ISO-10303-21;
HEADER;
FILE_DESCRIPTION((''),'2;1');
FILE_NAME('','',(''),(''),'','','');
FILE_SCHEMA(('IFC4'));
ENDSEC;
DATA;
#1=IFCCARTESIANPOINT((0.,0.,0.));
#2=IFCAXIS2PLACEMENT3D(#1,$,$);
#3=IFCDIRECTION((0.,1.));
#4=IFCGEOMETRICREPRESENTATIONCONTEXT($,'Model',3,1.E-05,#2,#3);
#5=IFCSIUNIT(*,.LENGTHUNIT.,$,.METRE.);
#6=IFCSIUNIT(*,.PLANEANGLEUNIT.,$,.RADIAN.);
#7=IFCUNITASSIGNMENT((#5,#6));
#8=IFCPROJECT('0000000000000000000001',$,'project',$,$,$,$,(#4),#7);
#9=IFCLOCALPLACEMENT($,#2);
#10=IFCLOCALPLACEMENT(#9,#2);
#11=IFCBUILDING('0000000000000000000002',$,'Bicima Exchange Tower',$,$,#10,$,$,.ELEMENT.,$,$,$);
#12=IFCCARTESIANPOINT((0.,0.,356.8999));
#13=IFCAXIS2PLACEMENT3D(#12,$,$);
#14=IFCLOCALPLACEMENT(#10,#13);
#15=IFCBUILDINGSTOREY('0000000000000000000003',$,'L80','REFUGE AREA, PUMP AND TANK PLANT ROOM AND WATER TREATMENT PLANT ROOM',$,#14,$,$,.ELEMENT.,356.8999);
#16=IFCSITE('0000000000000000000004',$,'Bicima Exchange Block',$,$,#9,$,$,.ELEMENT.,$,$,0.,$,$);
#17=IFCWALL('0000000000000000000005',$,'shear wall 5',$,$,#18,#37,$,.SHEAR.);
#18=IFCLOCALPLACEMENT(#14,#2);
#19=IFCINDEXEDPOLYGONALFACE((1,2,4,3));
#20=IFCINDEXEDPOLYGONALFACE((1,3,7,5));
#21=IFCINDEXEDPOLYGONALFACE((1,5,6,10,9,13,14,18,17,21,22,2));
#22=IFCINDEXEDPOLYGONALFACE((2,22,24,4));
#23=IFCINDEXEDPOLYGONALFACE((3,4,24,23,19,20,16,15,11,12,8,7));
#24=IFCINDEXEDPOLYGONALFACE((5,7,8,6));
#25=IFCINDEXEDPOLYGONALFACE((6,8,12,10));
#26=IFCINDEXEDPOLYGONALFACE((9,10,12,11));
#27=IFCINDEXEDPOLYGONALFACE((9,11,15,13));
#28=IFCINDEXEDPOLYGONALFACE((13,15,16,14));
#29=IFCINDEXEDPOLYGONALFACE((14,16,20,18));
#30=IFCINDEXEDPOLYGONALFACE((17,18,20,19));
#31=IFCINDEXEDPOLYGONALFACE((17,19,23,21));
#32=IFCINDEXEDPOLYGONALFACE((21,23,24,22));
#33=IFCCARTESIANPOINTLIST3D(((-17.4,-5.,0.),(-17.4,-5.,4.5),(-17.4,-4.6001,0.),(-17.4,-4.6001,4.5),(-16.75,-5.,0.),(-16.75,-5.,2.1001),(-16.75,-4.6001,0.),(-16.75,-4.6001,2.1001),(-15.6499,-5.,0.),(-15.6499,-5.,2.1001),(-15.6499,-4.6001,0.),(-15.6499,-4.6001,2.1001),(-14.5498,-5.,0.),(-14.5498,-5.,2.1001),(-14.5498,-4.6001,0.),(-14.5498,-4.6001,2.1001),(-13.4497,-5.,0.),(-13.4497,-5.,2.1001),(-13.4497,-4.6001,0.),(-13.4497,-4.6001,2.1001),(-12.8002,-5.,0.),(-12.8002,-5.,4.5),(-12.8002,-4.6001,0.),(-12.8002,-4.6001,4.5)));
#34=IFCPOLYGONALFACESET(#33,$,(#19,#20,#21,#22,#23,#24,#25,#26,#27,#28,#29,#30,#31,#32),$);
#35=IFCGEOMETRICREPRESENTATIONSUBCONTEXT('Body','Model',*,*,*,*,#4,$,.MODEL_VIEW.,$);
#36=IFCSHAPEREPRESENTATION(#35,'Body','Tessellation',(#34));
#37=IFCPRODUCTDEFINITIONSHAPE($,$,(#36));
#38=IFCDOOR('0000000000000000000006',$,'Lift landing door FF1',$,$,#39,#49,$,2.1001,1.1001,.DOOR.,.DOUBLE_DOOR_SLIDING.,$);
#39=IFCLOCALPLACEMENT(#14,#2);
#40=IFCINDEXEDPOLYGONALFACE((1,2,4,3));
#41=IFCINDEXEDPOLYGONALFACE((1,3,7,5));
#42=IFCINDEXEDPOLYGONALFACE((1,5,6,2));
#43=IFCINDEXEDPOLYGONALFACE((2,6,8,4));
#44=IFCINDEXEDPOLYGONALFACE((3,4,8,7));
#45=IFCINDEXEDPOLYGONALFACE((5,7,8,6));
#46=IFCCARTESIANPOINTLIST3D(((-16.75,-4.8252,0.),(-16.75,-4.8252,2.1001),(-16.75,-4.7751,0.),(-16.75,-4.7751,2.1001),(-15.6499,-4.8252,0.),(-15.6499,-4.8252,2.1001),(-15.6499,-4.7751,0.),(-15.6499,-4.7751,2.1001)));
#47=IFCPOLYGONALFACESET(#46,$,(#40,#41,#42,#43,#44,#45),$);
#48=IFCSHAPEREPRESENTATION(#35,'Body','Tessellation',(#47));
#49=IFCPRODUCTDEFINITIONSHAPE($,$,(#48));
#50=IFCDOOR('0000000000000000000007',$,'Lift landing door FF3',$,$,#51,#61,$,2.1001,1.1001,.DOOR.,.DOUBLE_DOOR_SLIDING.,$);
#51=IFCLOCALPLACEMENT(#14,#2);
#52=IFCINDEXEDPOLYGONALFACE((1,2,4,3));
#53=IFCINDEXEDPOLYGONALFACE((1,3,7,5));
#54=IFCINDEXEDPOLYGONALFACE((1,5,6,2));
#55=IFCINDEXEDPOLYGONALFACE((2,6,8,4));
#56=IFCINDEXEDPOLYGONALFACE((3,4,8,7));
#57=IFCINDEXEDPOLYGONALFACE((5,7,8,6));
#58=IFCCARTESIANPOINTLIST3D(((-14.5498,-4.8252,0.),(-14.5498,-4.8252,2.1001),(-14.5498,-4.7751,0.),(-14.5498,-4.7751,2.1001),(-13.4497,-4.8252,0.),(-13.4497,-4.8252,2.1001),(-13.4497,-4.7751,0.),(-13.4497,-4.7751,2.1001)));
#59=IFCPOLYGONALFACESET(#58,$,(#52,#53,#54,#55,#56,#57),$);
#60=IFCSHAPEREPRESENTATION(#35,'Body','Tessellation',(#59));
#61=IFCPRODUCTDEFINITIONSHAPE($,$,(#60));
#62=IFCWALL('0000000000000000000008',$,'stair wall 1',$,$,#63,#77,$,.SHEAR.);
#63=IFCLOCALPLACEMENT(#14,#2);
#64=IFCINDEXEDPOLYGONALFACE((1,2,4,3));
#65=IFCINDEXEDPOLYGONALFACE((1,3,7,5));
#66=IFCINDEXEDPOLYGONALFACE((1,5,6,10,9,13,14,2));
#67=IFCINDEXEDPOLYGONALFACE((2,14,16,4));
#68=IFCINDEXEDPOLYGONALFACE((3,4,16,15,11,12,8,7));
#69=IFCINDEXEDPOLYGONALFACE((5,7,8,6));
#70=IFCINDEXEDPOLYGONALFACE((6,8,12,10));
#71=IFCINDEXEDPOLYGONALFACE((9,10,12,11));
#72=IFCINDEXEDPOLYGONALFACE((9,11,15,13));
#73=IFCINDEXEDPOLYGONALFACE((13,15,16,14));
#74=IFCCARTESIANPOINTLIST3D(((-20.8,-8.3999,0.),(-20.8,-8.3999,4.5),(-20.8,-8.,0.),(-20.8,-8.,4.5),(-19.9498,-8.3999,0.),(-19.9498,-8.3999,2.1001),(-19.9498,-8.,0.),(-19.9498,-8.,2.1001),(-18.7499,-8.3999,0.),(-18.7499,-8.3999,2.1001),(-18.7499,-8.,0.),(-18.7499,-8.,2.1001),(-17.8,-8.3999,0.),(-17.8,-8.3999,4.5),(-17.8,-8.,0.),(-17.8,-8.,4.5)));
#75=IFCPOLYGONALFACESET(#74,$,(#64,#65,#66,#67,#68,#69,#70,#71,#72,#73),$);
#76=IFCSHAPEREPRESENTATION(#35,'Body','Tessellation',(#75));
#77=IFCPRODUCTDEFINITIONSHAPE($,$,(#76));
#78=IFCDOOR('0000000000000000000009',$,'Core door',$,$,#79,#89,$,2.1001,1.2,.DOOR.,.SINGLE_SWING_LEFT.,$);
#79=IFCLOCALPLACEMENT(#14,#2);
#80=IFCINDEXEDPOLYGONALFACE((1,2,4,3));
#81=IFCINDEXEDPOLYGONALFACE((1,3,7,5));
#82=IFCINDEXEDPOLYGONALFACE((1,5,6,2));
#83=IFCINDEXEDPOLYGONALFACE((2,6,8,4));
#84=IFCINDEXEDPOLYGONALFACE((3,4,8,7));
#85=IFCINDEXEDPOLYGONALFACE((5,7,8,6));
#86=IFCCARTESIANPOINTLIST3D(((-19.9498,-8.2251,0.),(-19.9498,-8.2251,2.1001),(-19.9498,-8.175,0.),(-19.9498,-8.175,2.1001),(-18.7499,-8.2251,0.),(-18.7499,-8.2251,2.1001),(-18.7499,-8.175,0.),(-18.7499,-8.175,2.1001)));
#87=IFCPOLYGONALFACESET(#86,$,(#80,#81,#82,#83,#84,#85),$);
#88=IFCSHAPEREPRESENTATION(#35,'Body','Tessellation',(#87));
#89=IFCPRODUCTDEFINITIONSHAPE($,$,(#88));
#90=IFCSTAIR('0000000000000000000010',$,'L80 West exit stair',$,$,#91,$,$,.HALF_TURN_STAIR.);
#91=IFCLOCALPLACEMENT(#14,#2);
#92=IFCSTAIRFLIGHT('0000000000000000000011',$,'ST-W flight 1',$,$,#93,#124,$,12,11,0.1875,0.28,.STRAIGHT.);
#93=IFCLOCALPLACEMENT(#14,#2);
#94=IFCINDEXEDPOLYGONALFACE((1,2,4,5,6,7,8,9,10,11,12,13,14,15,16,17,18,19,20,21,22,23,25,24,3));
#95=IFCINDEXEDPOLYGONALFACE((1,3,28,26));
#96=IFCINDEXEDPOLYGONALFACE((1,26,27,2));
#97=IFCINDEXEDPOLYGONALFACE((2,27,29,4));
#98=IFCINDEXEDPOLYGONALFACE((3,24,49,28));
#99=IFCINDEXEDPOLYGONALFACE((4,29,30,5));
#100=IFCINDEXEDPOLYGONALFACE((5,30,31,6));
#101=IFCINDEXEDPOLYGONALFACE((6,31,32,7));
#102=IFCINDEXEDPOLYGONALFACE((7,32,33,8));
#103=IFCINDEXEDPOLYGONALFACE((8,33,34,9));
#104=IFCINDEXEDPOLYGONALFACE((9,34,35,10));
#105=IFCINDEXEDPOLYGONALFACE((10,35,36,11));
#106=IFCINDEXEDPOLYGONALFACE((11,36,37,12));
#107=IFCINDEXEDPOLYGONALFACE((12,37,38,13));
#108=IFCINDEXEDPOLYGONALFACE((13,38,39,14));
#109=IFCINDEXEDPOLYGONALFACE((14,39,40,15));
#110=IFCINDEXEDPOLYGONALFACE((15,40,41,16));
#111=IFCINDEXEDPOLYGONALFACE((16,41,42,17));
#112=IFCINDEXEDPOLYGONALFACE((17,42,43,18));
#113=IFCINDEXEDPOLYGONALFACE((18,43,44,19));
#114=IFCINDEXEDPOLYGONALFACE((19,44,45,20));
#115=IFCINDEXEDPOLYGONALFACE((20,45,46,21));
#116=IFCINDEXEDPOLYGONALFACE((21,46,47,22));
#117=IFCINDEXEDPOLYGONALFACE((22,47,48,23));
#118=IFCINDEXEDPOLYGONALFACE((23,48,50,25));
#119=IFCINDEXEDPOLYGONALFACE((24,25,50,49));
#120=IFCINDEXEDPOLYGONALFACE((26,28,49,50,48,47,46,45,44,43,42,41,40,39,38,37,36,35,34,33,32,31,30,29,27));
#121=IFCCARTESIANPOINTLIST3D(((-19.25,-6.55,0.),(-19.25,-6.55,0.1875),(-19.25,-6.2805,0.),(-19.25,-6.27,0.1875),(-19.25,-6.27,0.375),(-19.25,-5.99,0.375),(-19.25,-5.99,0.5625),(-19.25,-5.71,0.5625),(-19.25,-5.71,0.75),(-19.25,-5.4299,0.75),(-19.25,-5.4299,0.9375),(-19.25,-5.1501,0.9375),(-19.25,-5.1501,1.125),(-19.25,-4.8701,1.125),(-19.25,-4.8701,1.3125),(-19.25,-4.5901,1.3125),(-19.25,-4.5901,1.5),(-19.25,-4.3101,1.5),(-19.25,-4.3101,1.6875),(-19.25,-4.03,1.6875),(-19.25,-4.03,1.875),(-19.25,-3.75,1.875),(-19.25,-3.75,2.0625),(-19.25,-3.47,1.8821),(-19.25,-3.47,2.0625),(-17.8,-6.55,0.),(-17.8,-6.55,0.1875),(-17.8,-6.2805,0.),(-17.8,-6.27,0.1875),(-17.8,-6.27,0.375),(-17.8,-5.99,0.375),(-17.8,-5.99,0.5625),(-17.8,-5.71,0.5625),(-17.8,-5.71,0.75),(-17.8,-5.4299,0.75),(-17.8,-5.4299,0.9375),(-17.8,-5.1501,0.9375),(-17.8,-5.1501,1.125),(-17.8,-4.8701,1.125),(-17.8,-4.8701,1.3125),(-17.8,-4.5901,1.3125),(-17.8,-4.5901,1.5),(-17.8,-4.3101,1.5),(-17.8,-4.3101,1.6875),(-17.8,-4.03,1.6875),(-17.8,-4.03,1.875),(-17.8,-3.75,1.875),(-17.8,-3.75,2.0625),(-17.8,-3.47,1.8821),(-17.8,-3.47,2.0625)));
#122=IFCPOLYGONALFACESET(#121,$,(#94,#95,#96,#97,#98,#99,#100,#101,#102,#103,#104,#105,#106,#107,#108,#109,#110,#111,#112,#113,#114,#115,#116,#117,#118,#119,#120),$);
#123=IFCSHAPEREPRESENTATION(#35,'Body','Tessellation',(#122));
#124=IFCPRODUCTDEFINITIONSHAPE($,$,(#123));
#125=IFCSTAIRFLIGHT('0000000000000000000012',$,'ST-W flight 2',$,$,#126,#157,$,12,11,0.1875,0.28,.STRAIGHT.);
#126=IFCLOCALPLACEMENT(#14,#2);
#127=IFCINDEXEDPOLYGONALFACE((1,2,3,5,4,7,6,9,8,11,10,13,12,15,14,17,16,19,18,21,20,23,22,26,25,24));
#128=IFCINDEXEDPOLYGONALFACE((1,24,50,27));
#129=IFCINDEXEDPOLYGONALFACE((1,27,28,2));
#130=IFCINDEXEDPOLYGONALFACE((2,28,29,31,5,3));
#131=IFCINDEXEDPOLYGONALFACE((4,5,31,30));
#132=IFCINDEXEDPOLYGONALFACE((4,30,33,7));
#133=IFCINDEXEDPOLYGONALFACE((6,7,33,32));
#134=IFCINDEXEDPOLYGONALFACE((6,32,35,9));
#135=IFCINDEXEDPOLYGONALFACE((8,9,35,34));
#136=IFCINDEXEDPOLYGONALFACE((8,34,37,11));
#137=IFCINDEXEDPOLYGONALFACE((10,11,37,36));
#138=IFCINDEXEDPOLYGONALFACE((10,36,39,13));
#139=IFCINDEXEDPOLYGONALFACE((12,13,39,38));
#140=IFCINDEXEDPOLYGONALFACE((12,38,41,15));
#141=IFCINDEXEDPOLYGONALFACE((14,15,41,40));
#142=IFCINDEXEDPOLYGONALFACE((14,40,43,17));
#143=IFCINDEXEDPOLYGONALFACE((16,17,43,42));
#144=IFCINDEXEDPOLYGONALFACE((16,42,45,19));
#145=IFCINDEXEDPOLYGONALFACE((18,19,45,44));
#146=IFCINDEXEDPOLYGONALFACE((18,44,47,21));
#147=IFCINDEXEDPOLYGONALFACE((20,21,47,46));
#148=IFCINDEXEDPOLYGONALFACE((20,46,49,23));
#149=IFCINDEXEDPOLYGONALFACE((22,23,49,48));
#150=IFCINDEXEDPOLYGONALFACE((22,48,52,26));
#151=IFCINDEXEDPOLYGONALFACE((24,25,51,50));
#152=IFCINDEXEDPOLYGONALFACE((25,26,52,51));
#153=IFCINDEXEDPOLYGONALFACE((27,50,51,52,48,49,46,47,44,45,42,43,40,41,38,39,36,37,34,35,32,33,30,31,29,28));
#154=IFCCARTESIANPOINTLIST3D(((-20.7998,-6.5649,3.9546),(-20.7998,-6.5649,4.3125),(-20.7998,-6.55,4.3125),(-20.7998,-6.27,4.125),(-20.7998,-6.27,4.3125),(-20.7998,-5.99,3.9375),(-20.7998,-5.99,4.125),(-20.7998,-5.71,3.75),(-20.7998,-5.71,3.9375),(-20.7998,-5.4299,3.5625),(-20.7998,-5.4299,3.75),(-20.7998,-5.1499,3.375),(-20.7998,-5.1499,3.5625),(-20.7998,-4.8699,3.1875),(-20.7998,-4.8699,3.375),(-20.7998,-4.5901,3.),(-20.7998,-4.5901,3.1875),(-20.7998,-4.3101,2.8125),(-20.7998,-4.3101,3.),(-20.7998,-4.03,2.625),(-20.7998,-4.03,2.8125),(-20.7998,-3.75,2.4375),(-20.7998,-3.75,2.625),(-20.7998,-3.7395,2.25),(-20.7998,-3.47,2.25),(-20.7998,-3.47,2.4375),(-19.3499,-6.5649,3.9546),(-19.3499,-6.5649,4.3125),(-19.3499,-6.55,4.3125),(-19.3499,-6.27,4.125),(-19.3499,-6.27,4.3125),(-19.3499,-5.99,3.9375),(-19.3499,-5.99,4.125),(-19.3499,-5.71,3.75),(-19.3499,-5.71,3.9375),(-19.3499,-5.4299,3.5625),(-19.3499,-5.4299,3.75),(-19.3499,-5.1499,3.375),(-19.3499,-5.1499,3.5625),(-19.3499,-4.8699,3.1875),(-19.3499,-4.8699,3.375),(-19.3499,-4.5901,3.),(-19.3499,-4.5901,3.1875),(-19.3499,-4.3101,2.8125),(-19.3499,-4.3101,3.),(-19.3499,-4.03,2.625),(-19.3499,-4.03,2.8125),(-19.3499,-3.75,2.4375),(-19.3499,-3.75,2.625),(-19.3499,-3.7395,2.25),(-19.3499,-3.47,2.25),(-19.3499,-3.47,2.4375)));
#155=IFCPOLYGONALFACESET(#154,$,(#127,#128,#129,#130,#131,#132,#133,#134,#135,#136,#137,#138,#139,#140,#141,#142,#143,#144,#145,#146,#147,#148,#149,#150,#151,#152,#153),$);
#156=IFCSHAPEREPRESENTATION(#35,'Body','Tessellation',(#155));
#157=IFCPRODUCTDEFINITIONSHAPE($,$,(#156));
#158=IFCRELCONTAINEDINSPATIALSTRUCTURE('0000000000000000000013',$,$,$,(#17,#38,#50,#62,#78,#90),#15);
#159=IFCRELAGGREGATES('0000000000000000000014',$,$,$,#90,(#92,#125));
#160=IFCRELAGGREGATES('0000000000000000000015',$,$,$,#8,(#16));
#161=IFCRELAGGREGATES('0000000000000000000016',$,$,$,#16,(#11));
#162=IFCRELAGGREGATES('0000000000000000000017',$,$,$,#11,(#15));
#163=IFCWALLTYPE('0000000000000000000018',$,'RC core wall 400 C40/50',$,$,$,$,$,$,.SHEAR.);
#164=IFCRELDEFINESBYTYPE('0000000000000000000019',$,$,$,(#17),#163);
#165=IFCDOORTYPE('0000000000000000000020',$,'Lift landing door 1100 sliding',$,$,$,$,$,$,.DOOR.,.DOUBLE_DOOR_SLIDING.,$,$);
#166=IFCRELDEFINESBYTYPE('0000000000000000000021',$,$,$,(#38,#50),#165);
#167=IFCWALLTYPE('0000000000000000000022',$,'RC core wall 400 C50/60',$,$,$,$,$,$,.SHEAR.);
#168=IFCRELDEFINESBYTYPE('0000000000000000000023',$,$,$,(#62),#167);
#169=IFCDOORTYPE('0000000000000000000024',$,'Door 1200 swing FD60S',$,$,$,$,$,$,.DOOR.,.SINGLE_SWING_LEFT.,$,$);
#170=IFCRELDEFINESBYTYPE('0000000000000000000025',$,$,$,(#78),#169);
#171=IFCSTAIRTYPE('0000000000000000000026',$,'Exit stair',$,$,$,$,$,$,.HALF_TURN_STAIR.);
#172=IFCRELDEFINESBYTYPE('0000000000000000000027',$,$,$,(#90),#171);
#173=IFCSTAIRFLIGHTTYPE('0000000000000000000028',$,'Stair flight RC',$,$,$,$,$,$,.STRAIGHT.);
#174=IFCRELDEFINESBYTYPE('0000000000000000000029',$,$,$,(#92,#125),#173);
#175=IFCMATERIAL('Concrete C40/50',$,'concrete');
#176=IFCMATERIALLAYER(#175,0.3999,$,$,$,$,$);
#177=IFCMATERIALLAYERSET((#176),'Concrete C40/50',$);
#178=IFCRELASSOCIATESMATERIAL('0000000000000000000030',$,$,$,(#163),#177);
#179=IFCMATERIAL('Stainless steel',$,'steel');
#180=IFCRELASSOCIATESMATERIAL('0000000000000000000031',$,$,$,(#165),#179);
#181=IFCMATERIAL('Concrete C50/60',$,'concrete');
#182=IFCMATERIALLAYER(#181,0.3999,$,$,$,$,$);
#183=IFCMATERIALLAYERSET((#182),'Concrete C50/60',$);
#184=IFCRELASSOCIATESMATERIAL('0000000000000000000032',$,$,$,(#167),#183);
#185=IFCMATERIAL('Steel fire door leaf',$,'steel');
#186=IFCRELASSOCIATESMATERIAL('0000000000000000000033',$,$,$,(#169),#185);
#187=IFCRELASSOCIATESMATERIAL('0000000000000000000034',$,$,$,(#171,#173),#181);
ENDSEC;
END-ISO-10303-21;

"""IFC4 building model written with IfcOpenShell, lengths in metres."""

from ifc_helpers import new_model, si_unit, direction, frame, frame_2d, origin, place, context, subcontext, project, spatial, polyline, rectangle, outline, extrude, material, layer, layer_set, type_object, element, fill, aggregate, save


model = new_model("IFC4")

# Units and contexts
model_context = context("Model", 3, precision=1e-05, world=origin(), true_north=direction((0.0, 1.0)))
body_context = subcontext(model_context, "Body", "Model", "MODEL_VIEW")
ifc_project = project(units=[si_unit("LENGTHUNIT", "METRE"), si_unit("PLANEANGLEUNIT", "RADIAN")], contexts=[model_context])

# Site, building, storey
site_placement = place(None, origin())
site = spatial("IfcSite", under=ifc_project, at=site_placement, Name="Bicima Exchange Block", CompositionType="ELEMENT", RefElevation=0.0)
building_placement = place(site_placement, origin())
building = spatial("IfcBuilding", under=site, at=building_placement, Name="Bicima Exchange Tower", CompositionType="ELEMENT")
storey_placement = place(building_placement, frame((0.0, 0.0, 356.8999)))
storey = spatial("IfcBuildingStorey", under=building, at=storey_placement, Name="L80", Description="REFUGE AREA, PUMP AND TANK PLANT ROOM AND WATER TREATMENT PLANT ROOM", CompositionType="ELEMENT", Elevation=356.8999)

# Shared definitions
ifc_material_1 = material(Name="Concrete C40/50", Category="concrete")

# Wall, openings, doors
ifc_layer_1 = layer(ifc_material_1, 0.3999)
ifc_layer_set_1 = layer_set([ifc_layer_1], Name="Concrete C40/50")
wall_type_1 = type_object("IfcWallType", Name="RC core wall 400 C40/50", PredefinedType="SHEAR", material=ifc_layer_set_1)
wall_1_placement = place(storey_placement, frame((-17.3999, -4.8, 0.0), z_axis=(0.0, 0.0, 1.0), x_axis=(1.0, 0.0, 0.0)))
wall_1 = element("IfcWall", 1, at=wall_1_placement, inside=storey, type_object=wall_type_1, Name="shear wall 5", PredefinedType="SHEAR", context=body_context, shape_type="SweptSolid", body=[
    extrude(rectangle(XDim=4.5999, YDim=0.3999, at=frame_2d((2.2998, 0.0))), origin(), (0.0, 0.0, 1.0), 4.5),
])
opening_1_placement = place(wall_1_placement, frame((0.6499, 0.0, 0.0)))
opening_1 = element("IfcOpeningElement", 2, at=opening_1_placement, cuts=wall_1, PredefinedType="OPENING", context=body_context, shape_type="SweptSolid", body=[
    extrude(rectangle(XDim=1.1001, YDim=2.1001, at=frame_2d((0.55, 1.05))), frame((0.0, 0.2119, 0.0), z_axis=(0.0, -1.0, 0.0), x_axis=(1.0, 0.0, 0.0)), (0.0, 0.0, 1.0), 0.4238),
])
opening_2_placement = place(wall_1_placement, frame((2.8501, 0.0, 0.0)))
opening_2 = element("IfcOpeningElement", 3, at=opening_2_placement, cuts=wall_1, PredefinedType="OPENING", context=body_context, shape_type="SweptSolid", body=[
    extrude(rectangle(XDim=1.1001, YDim=2.1001, at=frame_2d((0.55, 1.05))), frame((0.0, 0.2119, 0.0), z_axis=(0.0, -1.0, 0.0), x_axis=(1.0, 0.0, 0.0)), (0.0, 0.0, 1.0), 0.4238),
])
ifc_material_2 = material(Name="Stainless steel", Category="steel")
door_type_1 = type_object("IfcDoorType", Name="Lift landing door 1100 sliding", OperationType="DOUBLE_DOOR_SLIDING", PredefinedType="DOOR", material=ifc_material_2)
door_1_placement = place(opening_1_placement, origin())
door_1 = element("IfcDoor", 4, at=door_1_placement, inside=storey, type_object=door_type_1, Name="Lift landing door FF1", OperationType="DOUBLE_DOOR_SLIDING", OverallHeight=2.1001, OverallWidth=1.1001, PredefinedType="DOOR", context=body_context, shape_type="SweptSolid", body=[
    extrude(rectangle(XDim=1.1001, YDim=2.1001, at=frame_2d((0.55, 1.05))), frame((0.0, 0.0249, 0.0), z_axis=(0.0, -1.0, 0.0), x_axis=(1.0, 0.0, 0.0)), (0.0, 0.0, 1.0), 0.05),
])
fill(opening_1, door_1)
door_2_placement = place(opening_2_placement, origin())
door_2 = element("IfcDoor", 5, at=door_2_placement, inside=storey, type_object=door_type_1, Name="Lift landing door FF3", OperationType="DOUBLE_DOOR_SLIDING", OverallHeight=2.1001, OverallWidth=1.1001, PredefinedType="DOOR", context=body_context, shape_type="SweptSolid", body=[
    extrude(rectangle(XDim=1.1001, YDim=2.1001, at=frame_2d((0.55, 1.05))), frame((0.0, 0.0249, 0.0), z_axis=(0.0, -1.0, 0.0), x_axis=(1.0, 0.0, 0.0)), (0.0, 0.0, 1.0), 0.05),
])
fill(opening_2, door_2)

# Wall, opening, door
ifc_material_3 = material(Name="Concrete C50/60", Category="concrete")
ifc_layer_2 = layer(ifc_material_3, 0.3999)
ifc_layer_set_2 = layer_set([ifc_layer_2], Name="Concrete C50/60")
wall_type_2 = type_object("IfcWallType", Name="RC core wall 400 C50/60", PredefinedType="SHEAR", material=ifc_layer_set_2)
wall_2_placement = place(storey_placement, frame((-20.8, -8.2, 0.0), z_axis=(0.0, 0.0, 1.0), x_axis=(1.0, 0.0, 0.0)))
wall_2 = element("IfcWall", 6, at=wall_2_placement, inside=storey, type_object=wall_type_2, Name="stair wall 1", PredefinedType="SHEAR", context=body_context, shape_type="SweptSolid", body=[
    extrude(rectangle(XDim=3.0, YDim=0.3999, at=frame_2d((1.5, 0.0))), origin(), (0.0, 0.0, 1.0), 4.5),
])
opening_3_placement = place(wall_2_placement, frame((0.8501, 0.0, 0.0)))
opening_3 = element("IfcOpeningElement", 7, at=opening_3_placement, cuts=wall_2, PredefinedType="OPENING", context=body_context, shape_type="SweptSolid", body=[
    extrude(rectangle(XDim=1.2, YDim=2.1001, at=frame_2d((0.6001, 1.05))), frame((0.0, 0.2119, 0.0), z_axis=(0.0, -1.0, 0.0), x_axis=(1.0, 0.0, 0.0)), (0.0, 0.0, 1.0), 0.4238),
])
ifc_material_4 = material(Name="Steel fire door leaf", Category="steel")
door_type_2 = type_object("IfcDoorType", Name="Door 1200 swing FD60S", OperationType="SINGLE_SWING_LEFT", PredefinedType="DOOR", material=ifc_material_4)
door_3_placement = place(opening_3_placement, origin())
door_3 = element("IfcDoor", 8, at=door_3_placement, inside=storey, type_object=door_type_2, Name="Core door", OperationType="SINGLE_SWING_LEFT", OverallHeight=2.1001, OverallWidth=1.2, PredefinedType="DOOR", context=body_context, shape_type="SweptSolid", body=[
    extrude(rectangle(XDim=1.2, YDim=2.1001, at=frame_2d((0.6001, 1.05))), frame((0.0, 0.0249, 0.0), z_axis=(0.0, -1.0, 0.0), x_axis=(1.0, 0.0, 0.0)), (0.0, 0.0, 1.0), 0.05),
])
fill(opening_3, door_3)

# Stair, stair flights
stair_type = type_object("IfcStairType", Name="Exit stair", PredefinedType="HALF_TURN_STAIR", material=ifc_material_3)
stair_placement = place(storey_placement, origin())
stair = element("IfcStair", 9, at=stair_placement, inside=storey, type_object=stair_type, Name="L80 West exit stair", PredefinedType="HALF_TURN_STAIR")
stair_flight_type = type_object("IfcStairFlightType", Name="Stair flight RC", PredefinedType="STRAIGHT", material=ifc_material_3)
stair_flight_1_placement = place(storey_placement, frame((-18.5249, -6.55, 0.0), z_axis=(0.0, 0.0, 1.0), x_axis=(0.0, 1.0, 0.0)))
stair_flight_1 = element("IfcStairFlight", 10, at=stair_flight_1_placement, type_object=stair_flight_type, Name="ST-W flight 1", NumberOfRisers=12, NumberOfTreads=11, PredefinedType="STRAIGHT", RiserHeight=0.1875, TreadLength=0.28, context=body_context, shape_type="SweptSolid", body=[
    extrude(outline(polyline([(0.0, 0.0), (0.0, 0.1875), (0.28, 0.1875), (0.28, 0.375), (0.5601, 0.375), (0.5601, 0.5625), (0.8401, 0.5625), (0.8401, 0.75), (1.1201, 0.75), (1.1201, 0.9375), (1.3999, 0.9375), (1.3999, 1.125), (1.6799, 1.125), (1.6799, 1.3125), (1.96, 1.3125), (1.96, 1.5), (2.24, 1.5), (2.24, 1.6875), (2.52, 1.6875), (2.52, 1.875), (2.8, 1.875), (2.8, 2.0625), (3.0801, 2.0625), (3.0801, 2.25), (3.0801, 1.8821), (0.2695, 0.0), (0.0, 0.0)])), frame((0.0, 0.7251, 0.0), z_axis=(0.0, -1.0, 0.0), x_axis=(1.0, 0.0, 0.0)), (0.0, 0.0, 1.0), 1.45),
])
stair_flight_2_placement = place(storey_placement, frame((-20.075, -3.47, 2.25), z_axis=(0.0, 0.0, 1.0), x_axis=(0.0, -1.0, 0.0)))
stair_flight_2 = element("IfcStairFlight", 11, at=stair_flight_2_placement, type_object=stair_flight_type, Name="ST-W flight 2", NumberOfRisers=12, NumberOfTreads=11, PredefinedType="STRAIGHT", RiserHeight=0.1875, TreadLength=0.28, context=body_context, shape_type="SweptSolid", body=[
    extrude(outline(polyline([(0.0, 0.0), (0.0, 0.1875), (0.28, 0.1875), (0.28, 0.375), (0.5601, 0.375), (0.5601, 0.5625), (0.8401, 0.5625), (0.8401, 0.75), (1.1201, 0.75), (1.1201, 0.9375), (1.3999, 0.9375), (1.3999, 1.125), (1.6799, 1.125), (1.6799, 1.3125), (1.96, 1.3125), (1.96, 1.5), (2.24, 1.5), (2.24, 1.6875), (2.52, 1.6875), (2.52, 1.875), (2.8, 1.875), (2.8, 2.0625), (3.0801, 2.0625), (3.095, 2.0625), (3.095, 1.7046), (0.2695, 0.0), (0.0, 0.0)])), frame((0.0, 0.7251, 0.0), z_axis=(0.0, -1.0, 0.0), x_axis=(1.0, 0.0, 0.0)), (0.0, 0.0, 1.0), 1.45),
])
aggregate(stair, [stair_flight_1, stair_flight_2])

save(model, "model.ifc")
